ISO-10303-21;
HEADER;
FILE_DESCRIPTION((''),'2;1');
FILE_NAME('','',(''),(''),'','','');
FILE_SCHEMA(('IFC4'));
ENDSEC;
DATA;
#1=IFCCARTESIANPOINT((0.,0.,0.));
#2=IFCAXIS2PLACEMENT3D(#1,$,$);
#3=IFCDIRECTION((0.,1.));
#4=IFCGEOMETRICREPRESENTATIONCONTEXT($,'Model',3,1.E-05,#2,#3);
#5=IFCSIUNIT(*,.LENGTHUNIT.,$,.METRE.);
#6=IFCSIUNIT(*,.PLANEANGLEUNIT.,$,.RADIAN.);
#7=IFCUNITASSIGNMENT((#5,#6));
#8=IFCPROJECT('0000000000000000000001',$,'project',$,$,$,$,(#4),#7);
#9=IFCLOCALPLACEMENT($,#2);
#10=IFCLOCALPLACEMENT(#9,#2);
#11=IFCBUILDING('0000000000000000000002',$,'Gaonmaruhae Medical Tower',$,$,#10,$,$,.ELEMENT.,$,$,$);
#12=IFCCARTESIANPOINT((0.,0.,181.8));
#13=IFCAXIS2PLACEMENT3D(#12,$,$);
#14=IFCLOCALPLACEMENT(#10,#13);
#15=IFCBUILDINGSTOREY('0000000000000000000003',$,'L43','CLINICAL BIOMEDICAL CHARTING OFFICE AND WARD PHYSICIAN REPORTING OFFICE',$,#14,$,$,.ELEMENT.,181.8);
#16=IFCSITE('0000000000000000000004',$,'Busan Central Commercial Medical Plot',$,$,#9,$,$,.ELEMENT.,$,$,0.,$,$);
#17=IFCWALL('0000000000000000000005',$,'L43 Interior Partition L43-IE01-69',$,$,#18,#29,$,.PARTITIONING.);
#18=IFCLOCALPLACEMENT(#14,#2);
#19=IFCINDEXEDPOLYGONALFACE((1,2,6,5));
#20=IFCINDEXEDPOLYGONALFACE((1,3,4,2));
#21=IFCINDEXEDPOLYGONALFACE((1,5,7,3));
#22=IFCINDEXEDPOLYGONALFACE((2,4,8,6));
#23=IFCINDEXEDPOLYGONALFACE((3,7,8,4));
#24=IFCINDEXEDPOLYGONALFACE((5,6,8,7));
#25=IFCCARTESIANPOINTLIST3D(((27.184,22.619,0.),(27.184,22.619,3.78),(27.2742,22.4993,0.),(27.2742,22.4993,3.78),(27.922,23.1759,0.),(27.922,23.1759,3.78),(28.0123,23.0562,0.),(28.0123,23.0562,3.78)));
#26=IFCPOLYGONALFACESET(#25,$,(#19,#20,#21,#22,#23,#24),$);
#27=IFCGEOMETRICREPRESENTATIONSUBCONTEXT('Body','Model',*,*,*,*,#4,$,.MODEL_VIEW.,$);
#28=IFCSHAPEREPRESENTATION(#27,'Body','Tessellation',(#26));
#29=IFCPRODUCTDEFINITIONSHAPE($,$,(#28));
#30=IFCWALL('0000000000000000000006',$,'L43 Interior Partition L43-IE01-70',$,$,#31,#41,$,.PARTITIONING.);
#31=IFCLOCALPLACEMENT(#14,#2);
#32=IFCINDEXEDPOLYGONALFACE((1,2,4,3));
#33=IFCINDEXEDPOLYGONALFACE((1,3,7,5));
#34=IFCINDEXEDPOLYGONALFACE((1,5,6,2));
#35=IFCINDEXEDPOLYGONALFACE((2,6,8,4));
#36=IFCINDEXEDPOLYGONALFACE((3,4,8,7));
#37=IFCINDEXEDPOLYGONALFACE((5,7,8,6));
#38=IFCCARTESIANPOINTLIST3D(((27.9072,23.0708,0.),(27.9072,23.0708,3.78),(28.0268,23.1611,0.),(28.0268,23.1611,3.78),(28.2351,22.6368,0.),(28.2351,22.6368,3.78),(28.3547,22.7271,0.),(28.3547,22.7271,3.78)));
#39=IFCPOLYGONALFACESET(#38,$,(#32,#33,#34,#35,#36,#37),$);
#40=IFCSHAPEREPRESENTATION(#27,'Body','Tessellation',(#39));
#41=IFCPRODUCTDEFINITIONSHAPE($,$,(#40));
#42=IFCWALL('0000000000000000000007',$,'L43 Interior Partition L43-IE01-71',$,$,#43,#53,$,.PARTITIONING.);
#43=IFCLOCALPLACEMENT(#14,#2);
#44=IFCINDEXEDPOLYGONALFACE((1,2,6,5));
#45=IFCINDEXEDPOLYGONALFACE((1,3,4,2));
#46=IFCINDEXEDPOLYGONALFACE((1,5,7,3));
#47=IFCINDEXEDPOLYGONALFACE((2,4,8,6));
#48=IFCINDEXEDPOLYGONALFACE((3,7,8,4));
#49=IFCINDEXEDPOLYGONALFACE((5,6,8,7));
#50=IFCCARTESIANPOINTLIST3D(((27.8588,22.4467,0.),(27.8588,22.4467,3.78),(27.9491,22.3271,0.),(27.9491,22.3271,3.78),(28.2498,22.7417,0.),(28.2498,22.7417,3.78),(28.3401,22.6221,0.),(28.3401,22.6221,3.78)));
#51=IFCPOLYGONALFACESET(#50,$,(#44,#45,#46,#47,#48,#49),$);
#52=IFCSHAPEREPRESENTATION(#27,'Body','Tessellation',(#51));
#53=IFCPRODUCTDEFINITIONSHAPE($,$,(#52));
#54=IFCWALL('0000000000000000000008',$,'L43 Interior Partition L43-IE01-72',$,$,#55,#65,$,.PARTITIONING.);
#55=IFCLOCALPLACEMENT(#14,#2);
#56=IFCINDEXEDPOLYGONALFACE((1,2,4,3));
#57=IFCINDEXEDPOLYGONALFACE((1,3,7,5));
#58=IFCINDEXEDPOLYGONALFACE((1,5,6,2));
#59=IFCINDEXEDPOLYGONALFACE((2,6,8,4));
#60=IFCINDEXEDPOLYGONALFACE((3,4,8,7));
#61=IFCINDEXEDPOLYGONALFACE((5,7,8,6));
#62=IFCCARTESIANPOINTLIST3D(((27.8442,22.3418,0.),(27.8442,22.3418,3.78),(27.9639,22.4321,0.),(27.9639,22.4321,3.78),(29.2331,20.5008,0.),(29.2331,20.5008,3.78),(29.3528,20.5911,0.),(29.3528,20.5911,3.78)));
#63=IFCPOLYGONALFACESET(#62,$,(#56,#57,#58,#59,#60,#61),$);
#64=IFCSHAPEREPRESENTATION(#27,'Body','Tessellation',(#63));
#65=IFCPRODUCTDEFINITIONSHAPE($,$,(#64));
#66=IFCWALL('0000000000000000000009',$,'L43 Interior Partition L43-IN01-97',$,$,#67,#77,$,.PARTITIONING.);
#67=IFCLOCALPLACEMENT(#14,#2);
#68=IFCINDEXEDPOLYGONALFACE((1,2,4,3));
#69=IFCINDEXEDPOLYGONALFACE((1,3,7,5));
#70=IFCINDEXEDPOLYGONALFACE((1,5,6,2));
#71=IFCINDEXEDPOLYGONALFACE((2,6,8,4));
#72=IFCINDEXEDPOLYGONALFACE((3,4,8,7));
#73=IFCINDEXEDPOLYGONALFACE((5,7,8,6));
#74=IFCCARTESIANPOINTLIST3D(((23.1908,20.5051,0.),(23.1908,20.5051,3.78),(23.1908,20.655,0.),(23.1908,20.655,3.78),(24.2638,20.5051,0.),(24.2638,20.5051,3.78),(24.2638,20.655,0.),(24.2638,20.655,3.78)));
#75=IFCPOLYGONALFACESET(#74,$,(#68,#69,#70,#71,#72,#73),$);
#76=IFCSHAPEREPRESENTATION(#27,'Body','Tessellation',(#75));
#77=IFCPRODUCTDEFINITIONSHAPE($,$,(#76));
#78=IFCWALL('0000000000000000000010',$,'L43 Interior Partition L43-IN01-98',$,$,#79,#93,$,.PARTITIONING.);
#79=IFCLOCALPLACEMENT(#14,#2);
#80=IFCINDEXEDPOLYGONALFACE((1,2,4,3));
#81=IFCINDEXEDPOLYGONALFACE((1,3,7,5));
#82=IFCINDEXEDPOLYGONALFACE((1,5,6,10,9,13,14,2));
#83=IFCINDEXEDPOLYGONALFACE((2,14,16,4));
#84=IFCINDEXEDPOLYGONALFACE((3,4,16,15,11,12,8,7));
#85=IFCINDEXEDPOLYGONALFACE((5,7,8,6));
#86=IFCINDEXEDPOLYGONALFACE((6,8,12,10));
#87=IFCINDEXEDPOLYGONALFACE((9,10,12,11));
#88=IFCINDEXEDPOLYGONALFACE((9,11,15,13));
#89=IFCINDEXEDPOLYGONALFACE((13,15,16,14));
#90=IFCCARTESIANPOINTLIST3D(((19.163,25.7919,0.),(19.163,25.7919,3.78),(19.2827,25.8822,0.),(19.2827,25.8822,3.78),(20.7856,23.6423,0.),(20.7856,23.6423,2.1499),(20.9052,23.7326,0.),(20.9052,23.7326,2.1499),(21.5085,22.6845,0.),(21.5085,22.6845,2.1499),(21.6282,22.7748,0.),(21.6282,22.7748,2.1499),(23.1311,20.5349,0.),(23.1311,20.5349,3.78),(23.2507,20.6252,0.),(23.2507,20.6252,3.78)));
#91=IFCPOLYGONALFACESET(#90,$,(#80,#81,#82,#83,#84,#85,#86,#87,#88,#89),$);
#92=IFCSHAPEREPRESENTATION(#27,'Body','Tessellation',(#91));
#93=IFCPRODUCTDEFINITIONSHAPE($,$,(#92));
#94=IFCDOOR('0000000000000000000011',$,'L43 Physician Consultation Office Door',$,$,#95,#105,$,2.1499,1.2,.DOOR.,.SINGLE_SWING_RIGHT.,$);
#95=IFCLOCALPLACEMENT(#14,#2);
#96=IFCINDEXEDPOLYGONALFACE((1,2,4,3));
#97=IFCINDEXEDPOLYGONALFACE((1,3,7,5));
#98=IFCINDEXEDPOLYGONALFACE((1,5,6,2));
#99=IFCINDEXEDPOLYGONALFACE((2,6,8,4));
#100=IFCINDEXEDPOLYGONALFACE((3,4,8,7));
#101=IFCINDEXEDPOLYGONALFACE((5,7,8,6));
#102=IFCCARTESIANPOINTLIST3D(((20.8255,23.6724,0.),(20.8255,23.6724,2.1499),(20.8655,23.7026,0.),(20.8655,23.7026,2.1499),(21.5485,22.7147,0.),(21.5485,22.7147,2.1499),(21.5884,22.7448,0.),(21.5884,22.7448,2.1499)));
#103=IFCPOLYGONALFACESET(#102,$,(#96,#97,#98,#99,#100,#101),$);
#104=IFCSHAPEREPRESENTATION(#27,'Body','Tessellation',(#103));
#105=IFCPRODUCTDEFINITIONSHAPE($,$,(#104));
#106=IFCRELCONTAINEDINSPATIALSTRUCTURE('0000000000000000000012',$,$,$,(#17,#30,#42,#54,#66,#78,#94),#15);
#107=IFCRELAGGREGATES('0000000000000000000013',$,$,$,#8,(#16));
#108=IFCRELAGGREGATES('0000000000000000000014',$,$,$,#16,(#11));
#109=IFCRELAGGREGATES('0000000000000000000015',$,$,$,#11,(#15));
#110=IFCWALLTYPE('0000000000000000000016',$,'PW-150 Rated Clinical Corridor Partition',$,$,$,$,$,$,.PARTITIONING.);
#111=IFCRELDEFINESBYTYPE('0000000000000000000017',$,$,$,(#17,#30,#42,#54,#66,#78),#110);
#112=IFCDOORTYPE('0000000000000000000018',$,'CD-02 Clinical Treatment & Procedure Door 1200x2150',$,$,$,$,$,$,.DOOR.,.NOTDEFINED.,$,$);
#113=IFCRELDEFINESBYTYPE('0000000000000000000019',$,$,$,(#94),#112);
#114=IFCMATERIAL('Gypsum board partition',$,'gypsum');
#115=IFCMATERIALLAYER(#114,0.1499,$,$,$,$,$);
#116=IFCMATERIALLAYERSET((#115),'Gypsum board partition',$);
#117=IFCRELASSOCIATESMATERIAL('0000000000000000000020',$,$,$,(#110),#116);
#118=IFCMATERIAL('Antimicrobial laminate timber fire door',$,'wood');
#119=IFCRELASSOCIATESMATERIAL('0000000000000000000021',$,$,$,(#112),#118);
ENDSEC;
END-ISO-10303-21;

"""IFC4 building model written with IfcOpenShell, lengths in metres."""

from ifc_helpers import new_model, si_unit, direction, frame, frame_2d, origin, place, context, subcontext, project, spatial, rectangle, extrude, material, layer, layer_set, type_object, element, fill, save


model = new_model("IFC4")

# Units and contexts
model_context = context("Model", 3, precision=1e-05, world=origin(), true_north=direction((0.0, 1.0)))
body_context = subcontext(model_context, "Body", "Model", "MODEL_VIEW")
ifc_project = project(units=[si_unit("LENGTHUNIT", "METRE"), si_unit("PLANEANGLEUNIT", "RADIAN")], contexts=[model_context])

# Site, building, storey
site_placement = place(None, origin())
site = spatial("IfcSite", under=ifc_project, at=site_placement, Name="Busan Central Commercial Medical Plot", CompositionType="ELEMENT", RefElevation=0.0)
building_placement = place(site_placement, origin())
building = spatial("IfcBuilding", under=site, at=building_placement, Name="Gaonmaruhae Medical Tower", CompositionType="ELEMENT")
storey_placement = place(building_placement, frame((0.0, 0.0, 181.8)))
storey = spatial("IfcBuildingStorey", under=building, at=storey_placement, Name="L43", Description="CLINICAL BIOMEDICAL CHARTING OFFICE AND WARD PHYSICIAN REPORTING OFFICE", CompositionType="ELEMENT", Elevation=181.8)

# Shared definitions
ifc_material_1 = material(Name="Gypsum board partition", Category="gypsum")
ifc_layer_1 = layer(ifc_material_1, 0.1499)
ifc_layer_set_1 = layer_set([ifc_layer_1], Name="Gypsum board partition")
wall_type = type_object("IfcWallType", Name="PW-150 Rated Clinical Corridor Partition", PredefinedType="PARTITIONING", material=ifc_layer_set_1)
ifc_material_2 = material(Name="Antimicrobial laminate timber fire door", Category="wood")
door_type_1 = type_object("IfcDoorType", Name="CD-02 Clinical Treatment & Procedure Door 1200x2150", OperationType="NOTDEFINED", PredefinedType="DOOR", material=ifc_material_2)

# Walls
wall_1_placement = place(storey_placement, frame((27.229, 22.5591, 0.0), z_axis=(0.0, 0.0, 1.0), x_axis=(0.798254, 0.602321, 0.0)))
element("IfcWall", 1, at=wall_1_placement, inside=storey, type_object=wall_type, Name="L43 Interior Partition L43-IE01-69", PredefinedType="PARTITIONING", context=body_context, shape_type="SweptSolid", body=[
    extrude(rectangle(XDim=0.9246, YDim=0.1499, at=frame_2d((0.4624, 0.0))), origin(), (0.0, 0.0, 1.0), 3.78),
])
wall_2_placement = place(storey_placement, frame((27.967, 23.116, 0.0), z_axis=(0.0, 0.0, 1.0), x_axis=(0.602725, -0.797949, 0.0)))
element("IfcWall", 2, at=wall_2_placement, inside=storey, type_object=wall_type, Name="L43 Interior Partition L43-IE01-70", PredefinedType="PARTITIONING", context=body_context, shape_type="SweptSolid", body=[
    extrude(rectangle(XDim=0.5439, YDim=0.1499, at=frame_2d((0.272, 0.0))), origin(), (0.0, 0.0, 1.0), 3.78),
])
wall_3_placement = place(storey_placement, frame((28.2949, 22.6819, 0.0), z_axis=(0.0, 0.0, 1.0), x_axis=(-0.798262, -0.602311, 0.0)))
element("IfcWall", 3, at=wall_3_placement, inside=storey, type_object=wall_type, Name="L43 Interior Partition L43-IE01-71", PredefinedType="PARTITIONING", context=body_context, shape_type="SweptSolid", body=[
    extrude(rectangle(XDim=0.4897, YDim=0.1499, at=frame_2d((0.2449, 0.0))), origin(), (0.0, 0.0, 1.0), 3.78),
])
wall_4_placement = place(storey_placement, frame((27.9041, 22.387, 0.0), z_axis=(0.0, 0.0, 1.0), x_axis=(0.60225, -0.798307, 0.0)))
element("IfcWall", 4, at=wall_4_placement, inside=storey, type_object=wall_type, Name="L43 Interior Partition L43-IE01-72", PredefinedType="PARTITIONING", context=body_context, shape_type="SweptSolid", body=[
    extrude(rectangle(XDim=2.3062, YDim=0.1499, at=frame_2d((1.1531, 0.0))), origin(), (0.0, 0.0, 1.0), 3.78),
])
wall_5_placement = place(storey_placement, frame((24.2639, 20.5801, 0.0), z_axis=(0.0, 0.0, 1.0), x_axis=(-1.0, 0.0, 0.0)))
element("IfcWall", 5, at=wall_5_placement, inside=storey, type_object=wall_type, Name="L43 Interior Partition L43-IN01-97", PredefinedType="PARTITIONING", context=body_context, shape_type="SweptSolid", body=[
    extrude(rectangle(XDim=1.073, YDim=0.1499, at=frame_2d((0.5366, 0.0))), origin(), (0.0, 0.0, 1.0), 3.78),
])

# Wall, opening, door
wall_6_placement = place(storey_placement, frame((23.1909, 20.5801, 0.0), z_axis=(0.0, 0.0, 1.0), x_axis=(-0.602464, 0.798146, 0.0)))
wall_6 = element("IfcWall", 6, at=wall_6_placement, inside=storey, type_object=wall_type, Name="L43 Interior Partition L43-IN01-98", PredefinedType="PARTITIONING", context=body_context, shape_type="SweptSolid", body=[
    extrude(rectangle(XDim=6.5864, YDim=0.1499, at=frame_2d((3.2932, 0.0))), origin(), (0.0, 0.0, 1.0), 3.78),
])
opening_1_placement = place(wall_6_placement, frame((2.6931, 0.0, 0.0)))
opening_1 = element("IfcOpeningElement", 7, at=opening_1_placement, cuts=wall_6, PredefinedType="OPENING", context=body_context, shape_type="SweptSolid", body=[
    extrude(rectangle(XDim=1.2, YDim=2.1499, at=frame_2d((0.6001, 1.075))), frame((0.0, 0.085, 0.0), z_axis=(0.0, -1.0, 0.0), x_axis=(1.0, 0.0, 0.0)), (0.0, 0.0, 1.0), 0.1699),
])
door_1_placement = place(opening_1_placement, origin())
door_1 = element("IfcDoor", 8, at=door_1_placement, inside=storey, type_object=door_type_1, Name="L43 Physician Consultation Office Door", OperationType="SINGLE_SWING_RIGHT", OverallHeight=2.1499, OverallWidth=1.2, PredefinedType="DOOR", context=body_context, shape_type="SweptSolid", body=[
    extrude(rectangle(XDim=1.2, YDim=2.1499, at=frame_2d((0.6001, 1.075))), frame((0.0, 0.0249, 0.0), z_axis=(0.0, -1.0, 0.0), x_axis=(1.0, 0.0, 0.0)), (0.0, 0.0, 1.0), 0.05),
])
fill(opening_1, door_1)

save(model, "model.ifc")
